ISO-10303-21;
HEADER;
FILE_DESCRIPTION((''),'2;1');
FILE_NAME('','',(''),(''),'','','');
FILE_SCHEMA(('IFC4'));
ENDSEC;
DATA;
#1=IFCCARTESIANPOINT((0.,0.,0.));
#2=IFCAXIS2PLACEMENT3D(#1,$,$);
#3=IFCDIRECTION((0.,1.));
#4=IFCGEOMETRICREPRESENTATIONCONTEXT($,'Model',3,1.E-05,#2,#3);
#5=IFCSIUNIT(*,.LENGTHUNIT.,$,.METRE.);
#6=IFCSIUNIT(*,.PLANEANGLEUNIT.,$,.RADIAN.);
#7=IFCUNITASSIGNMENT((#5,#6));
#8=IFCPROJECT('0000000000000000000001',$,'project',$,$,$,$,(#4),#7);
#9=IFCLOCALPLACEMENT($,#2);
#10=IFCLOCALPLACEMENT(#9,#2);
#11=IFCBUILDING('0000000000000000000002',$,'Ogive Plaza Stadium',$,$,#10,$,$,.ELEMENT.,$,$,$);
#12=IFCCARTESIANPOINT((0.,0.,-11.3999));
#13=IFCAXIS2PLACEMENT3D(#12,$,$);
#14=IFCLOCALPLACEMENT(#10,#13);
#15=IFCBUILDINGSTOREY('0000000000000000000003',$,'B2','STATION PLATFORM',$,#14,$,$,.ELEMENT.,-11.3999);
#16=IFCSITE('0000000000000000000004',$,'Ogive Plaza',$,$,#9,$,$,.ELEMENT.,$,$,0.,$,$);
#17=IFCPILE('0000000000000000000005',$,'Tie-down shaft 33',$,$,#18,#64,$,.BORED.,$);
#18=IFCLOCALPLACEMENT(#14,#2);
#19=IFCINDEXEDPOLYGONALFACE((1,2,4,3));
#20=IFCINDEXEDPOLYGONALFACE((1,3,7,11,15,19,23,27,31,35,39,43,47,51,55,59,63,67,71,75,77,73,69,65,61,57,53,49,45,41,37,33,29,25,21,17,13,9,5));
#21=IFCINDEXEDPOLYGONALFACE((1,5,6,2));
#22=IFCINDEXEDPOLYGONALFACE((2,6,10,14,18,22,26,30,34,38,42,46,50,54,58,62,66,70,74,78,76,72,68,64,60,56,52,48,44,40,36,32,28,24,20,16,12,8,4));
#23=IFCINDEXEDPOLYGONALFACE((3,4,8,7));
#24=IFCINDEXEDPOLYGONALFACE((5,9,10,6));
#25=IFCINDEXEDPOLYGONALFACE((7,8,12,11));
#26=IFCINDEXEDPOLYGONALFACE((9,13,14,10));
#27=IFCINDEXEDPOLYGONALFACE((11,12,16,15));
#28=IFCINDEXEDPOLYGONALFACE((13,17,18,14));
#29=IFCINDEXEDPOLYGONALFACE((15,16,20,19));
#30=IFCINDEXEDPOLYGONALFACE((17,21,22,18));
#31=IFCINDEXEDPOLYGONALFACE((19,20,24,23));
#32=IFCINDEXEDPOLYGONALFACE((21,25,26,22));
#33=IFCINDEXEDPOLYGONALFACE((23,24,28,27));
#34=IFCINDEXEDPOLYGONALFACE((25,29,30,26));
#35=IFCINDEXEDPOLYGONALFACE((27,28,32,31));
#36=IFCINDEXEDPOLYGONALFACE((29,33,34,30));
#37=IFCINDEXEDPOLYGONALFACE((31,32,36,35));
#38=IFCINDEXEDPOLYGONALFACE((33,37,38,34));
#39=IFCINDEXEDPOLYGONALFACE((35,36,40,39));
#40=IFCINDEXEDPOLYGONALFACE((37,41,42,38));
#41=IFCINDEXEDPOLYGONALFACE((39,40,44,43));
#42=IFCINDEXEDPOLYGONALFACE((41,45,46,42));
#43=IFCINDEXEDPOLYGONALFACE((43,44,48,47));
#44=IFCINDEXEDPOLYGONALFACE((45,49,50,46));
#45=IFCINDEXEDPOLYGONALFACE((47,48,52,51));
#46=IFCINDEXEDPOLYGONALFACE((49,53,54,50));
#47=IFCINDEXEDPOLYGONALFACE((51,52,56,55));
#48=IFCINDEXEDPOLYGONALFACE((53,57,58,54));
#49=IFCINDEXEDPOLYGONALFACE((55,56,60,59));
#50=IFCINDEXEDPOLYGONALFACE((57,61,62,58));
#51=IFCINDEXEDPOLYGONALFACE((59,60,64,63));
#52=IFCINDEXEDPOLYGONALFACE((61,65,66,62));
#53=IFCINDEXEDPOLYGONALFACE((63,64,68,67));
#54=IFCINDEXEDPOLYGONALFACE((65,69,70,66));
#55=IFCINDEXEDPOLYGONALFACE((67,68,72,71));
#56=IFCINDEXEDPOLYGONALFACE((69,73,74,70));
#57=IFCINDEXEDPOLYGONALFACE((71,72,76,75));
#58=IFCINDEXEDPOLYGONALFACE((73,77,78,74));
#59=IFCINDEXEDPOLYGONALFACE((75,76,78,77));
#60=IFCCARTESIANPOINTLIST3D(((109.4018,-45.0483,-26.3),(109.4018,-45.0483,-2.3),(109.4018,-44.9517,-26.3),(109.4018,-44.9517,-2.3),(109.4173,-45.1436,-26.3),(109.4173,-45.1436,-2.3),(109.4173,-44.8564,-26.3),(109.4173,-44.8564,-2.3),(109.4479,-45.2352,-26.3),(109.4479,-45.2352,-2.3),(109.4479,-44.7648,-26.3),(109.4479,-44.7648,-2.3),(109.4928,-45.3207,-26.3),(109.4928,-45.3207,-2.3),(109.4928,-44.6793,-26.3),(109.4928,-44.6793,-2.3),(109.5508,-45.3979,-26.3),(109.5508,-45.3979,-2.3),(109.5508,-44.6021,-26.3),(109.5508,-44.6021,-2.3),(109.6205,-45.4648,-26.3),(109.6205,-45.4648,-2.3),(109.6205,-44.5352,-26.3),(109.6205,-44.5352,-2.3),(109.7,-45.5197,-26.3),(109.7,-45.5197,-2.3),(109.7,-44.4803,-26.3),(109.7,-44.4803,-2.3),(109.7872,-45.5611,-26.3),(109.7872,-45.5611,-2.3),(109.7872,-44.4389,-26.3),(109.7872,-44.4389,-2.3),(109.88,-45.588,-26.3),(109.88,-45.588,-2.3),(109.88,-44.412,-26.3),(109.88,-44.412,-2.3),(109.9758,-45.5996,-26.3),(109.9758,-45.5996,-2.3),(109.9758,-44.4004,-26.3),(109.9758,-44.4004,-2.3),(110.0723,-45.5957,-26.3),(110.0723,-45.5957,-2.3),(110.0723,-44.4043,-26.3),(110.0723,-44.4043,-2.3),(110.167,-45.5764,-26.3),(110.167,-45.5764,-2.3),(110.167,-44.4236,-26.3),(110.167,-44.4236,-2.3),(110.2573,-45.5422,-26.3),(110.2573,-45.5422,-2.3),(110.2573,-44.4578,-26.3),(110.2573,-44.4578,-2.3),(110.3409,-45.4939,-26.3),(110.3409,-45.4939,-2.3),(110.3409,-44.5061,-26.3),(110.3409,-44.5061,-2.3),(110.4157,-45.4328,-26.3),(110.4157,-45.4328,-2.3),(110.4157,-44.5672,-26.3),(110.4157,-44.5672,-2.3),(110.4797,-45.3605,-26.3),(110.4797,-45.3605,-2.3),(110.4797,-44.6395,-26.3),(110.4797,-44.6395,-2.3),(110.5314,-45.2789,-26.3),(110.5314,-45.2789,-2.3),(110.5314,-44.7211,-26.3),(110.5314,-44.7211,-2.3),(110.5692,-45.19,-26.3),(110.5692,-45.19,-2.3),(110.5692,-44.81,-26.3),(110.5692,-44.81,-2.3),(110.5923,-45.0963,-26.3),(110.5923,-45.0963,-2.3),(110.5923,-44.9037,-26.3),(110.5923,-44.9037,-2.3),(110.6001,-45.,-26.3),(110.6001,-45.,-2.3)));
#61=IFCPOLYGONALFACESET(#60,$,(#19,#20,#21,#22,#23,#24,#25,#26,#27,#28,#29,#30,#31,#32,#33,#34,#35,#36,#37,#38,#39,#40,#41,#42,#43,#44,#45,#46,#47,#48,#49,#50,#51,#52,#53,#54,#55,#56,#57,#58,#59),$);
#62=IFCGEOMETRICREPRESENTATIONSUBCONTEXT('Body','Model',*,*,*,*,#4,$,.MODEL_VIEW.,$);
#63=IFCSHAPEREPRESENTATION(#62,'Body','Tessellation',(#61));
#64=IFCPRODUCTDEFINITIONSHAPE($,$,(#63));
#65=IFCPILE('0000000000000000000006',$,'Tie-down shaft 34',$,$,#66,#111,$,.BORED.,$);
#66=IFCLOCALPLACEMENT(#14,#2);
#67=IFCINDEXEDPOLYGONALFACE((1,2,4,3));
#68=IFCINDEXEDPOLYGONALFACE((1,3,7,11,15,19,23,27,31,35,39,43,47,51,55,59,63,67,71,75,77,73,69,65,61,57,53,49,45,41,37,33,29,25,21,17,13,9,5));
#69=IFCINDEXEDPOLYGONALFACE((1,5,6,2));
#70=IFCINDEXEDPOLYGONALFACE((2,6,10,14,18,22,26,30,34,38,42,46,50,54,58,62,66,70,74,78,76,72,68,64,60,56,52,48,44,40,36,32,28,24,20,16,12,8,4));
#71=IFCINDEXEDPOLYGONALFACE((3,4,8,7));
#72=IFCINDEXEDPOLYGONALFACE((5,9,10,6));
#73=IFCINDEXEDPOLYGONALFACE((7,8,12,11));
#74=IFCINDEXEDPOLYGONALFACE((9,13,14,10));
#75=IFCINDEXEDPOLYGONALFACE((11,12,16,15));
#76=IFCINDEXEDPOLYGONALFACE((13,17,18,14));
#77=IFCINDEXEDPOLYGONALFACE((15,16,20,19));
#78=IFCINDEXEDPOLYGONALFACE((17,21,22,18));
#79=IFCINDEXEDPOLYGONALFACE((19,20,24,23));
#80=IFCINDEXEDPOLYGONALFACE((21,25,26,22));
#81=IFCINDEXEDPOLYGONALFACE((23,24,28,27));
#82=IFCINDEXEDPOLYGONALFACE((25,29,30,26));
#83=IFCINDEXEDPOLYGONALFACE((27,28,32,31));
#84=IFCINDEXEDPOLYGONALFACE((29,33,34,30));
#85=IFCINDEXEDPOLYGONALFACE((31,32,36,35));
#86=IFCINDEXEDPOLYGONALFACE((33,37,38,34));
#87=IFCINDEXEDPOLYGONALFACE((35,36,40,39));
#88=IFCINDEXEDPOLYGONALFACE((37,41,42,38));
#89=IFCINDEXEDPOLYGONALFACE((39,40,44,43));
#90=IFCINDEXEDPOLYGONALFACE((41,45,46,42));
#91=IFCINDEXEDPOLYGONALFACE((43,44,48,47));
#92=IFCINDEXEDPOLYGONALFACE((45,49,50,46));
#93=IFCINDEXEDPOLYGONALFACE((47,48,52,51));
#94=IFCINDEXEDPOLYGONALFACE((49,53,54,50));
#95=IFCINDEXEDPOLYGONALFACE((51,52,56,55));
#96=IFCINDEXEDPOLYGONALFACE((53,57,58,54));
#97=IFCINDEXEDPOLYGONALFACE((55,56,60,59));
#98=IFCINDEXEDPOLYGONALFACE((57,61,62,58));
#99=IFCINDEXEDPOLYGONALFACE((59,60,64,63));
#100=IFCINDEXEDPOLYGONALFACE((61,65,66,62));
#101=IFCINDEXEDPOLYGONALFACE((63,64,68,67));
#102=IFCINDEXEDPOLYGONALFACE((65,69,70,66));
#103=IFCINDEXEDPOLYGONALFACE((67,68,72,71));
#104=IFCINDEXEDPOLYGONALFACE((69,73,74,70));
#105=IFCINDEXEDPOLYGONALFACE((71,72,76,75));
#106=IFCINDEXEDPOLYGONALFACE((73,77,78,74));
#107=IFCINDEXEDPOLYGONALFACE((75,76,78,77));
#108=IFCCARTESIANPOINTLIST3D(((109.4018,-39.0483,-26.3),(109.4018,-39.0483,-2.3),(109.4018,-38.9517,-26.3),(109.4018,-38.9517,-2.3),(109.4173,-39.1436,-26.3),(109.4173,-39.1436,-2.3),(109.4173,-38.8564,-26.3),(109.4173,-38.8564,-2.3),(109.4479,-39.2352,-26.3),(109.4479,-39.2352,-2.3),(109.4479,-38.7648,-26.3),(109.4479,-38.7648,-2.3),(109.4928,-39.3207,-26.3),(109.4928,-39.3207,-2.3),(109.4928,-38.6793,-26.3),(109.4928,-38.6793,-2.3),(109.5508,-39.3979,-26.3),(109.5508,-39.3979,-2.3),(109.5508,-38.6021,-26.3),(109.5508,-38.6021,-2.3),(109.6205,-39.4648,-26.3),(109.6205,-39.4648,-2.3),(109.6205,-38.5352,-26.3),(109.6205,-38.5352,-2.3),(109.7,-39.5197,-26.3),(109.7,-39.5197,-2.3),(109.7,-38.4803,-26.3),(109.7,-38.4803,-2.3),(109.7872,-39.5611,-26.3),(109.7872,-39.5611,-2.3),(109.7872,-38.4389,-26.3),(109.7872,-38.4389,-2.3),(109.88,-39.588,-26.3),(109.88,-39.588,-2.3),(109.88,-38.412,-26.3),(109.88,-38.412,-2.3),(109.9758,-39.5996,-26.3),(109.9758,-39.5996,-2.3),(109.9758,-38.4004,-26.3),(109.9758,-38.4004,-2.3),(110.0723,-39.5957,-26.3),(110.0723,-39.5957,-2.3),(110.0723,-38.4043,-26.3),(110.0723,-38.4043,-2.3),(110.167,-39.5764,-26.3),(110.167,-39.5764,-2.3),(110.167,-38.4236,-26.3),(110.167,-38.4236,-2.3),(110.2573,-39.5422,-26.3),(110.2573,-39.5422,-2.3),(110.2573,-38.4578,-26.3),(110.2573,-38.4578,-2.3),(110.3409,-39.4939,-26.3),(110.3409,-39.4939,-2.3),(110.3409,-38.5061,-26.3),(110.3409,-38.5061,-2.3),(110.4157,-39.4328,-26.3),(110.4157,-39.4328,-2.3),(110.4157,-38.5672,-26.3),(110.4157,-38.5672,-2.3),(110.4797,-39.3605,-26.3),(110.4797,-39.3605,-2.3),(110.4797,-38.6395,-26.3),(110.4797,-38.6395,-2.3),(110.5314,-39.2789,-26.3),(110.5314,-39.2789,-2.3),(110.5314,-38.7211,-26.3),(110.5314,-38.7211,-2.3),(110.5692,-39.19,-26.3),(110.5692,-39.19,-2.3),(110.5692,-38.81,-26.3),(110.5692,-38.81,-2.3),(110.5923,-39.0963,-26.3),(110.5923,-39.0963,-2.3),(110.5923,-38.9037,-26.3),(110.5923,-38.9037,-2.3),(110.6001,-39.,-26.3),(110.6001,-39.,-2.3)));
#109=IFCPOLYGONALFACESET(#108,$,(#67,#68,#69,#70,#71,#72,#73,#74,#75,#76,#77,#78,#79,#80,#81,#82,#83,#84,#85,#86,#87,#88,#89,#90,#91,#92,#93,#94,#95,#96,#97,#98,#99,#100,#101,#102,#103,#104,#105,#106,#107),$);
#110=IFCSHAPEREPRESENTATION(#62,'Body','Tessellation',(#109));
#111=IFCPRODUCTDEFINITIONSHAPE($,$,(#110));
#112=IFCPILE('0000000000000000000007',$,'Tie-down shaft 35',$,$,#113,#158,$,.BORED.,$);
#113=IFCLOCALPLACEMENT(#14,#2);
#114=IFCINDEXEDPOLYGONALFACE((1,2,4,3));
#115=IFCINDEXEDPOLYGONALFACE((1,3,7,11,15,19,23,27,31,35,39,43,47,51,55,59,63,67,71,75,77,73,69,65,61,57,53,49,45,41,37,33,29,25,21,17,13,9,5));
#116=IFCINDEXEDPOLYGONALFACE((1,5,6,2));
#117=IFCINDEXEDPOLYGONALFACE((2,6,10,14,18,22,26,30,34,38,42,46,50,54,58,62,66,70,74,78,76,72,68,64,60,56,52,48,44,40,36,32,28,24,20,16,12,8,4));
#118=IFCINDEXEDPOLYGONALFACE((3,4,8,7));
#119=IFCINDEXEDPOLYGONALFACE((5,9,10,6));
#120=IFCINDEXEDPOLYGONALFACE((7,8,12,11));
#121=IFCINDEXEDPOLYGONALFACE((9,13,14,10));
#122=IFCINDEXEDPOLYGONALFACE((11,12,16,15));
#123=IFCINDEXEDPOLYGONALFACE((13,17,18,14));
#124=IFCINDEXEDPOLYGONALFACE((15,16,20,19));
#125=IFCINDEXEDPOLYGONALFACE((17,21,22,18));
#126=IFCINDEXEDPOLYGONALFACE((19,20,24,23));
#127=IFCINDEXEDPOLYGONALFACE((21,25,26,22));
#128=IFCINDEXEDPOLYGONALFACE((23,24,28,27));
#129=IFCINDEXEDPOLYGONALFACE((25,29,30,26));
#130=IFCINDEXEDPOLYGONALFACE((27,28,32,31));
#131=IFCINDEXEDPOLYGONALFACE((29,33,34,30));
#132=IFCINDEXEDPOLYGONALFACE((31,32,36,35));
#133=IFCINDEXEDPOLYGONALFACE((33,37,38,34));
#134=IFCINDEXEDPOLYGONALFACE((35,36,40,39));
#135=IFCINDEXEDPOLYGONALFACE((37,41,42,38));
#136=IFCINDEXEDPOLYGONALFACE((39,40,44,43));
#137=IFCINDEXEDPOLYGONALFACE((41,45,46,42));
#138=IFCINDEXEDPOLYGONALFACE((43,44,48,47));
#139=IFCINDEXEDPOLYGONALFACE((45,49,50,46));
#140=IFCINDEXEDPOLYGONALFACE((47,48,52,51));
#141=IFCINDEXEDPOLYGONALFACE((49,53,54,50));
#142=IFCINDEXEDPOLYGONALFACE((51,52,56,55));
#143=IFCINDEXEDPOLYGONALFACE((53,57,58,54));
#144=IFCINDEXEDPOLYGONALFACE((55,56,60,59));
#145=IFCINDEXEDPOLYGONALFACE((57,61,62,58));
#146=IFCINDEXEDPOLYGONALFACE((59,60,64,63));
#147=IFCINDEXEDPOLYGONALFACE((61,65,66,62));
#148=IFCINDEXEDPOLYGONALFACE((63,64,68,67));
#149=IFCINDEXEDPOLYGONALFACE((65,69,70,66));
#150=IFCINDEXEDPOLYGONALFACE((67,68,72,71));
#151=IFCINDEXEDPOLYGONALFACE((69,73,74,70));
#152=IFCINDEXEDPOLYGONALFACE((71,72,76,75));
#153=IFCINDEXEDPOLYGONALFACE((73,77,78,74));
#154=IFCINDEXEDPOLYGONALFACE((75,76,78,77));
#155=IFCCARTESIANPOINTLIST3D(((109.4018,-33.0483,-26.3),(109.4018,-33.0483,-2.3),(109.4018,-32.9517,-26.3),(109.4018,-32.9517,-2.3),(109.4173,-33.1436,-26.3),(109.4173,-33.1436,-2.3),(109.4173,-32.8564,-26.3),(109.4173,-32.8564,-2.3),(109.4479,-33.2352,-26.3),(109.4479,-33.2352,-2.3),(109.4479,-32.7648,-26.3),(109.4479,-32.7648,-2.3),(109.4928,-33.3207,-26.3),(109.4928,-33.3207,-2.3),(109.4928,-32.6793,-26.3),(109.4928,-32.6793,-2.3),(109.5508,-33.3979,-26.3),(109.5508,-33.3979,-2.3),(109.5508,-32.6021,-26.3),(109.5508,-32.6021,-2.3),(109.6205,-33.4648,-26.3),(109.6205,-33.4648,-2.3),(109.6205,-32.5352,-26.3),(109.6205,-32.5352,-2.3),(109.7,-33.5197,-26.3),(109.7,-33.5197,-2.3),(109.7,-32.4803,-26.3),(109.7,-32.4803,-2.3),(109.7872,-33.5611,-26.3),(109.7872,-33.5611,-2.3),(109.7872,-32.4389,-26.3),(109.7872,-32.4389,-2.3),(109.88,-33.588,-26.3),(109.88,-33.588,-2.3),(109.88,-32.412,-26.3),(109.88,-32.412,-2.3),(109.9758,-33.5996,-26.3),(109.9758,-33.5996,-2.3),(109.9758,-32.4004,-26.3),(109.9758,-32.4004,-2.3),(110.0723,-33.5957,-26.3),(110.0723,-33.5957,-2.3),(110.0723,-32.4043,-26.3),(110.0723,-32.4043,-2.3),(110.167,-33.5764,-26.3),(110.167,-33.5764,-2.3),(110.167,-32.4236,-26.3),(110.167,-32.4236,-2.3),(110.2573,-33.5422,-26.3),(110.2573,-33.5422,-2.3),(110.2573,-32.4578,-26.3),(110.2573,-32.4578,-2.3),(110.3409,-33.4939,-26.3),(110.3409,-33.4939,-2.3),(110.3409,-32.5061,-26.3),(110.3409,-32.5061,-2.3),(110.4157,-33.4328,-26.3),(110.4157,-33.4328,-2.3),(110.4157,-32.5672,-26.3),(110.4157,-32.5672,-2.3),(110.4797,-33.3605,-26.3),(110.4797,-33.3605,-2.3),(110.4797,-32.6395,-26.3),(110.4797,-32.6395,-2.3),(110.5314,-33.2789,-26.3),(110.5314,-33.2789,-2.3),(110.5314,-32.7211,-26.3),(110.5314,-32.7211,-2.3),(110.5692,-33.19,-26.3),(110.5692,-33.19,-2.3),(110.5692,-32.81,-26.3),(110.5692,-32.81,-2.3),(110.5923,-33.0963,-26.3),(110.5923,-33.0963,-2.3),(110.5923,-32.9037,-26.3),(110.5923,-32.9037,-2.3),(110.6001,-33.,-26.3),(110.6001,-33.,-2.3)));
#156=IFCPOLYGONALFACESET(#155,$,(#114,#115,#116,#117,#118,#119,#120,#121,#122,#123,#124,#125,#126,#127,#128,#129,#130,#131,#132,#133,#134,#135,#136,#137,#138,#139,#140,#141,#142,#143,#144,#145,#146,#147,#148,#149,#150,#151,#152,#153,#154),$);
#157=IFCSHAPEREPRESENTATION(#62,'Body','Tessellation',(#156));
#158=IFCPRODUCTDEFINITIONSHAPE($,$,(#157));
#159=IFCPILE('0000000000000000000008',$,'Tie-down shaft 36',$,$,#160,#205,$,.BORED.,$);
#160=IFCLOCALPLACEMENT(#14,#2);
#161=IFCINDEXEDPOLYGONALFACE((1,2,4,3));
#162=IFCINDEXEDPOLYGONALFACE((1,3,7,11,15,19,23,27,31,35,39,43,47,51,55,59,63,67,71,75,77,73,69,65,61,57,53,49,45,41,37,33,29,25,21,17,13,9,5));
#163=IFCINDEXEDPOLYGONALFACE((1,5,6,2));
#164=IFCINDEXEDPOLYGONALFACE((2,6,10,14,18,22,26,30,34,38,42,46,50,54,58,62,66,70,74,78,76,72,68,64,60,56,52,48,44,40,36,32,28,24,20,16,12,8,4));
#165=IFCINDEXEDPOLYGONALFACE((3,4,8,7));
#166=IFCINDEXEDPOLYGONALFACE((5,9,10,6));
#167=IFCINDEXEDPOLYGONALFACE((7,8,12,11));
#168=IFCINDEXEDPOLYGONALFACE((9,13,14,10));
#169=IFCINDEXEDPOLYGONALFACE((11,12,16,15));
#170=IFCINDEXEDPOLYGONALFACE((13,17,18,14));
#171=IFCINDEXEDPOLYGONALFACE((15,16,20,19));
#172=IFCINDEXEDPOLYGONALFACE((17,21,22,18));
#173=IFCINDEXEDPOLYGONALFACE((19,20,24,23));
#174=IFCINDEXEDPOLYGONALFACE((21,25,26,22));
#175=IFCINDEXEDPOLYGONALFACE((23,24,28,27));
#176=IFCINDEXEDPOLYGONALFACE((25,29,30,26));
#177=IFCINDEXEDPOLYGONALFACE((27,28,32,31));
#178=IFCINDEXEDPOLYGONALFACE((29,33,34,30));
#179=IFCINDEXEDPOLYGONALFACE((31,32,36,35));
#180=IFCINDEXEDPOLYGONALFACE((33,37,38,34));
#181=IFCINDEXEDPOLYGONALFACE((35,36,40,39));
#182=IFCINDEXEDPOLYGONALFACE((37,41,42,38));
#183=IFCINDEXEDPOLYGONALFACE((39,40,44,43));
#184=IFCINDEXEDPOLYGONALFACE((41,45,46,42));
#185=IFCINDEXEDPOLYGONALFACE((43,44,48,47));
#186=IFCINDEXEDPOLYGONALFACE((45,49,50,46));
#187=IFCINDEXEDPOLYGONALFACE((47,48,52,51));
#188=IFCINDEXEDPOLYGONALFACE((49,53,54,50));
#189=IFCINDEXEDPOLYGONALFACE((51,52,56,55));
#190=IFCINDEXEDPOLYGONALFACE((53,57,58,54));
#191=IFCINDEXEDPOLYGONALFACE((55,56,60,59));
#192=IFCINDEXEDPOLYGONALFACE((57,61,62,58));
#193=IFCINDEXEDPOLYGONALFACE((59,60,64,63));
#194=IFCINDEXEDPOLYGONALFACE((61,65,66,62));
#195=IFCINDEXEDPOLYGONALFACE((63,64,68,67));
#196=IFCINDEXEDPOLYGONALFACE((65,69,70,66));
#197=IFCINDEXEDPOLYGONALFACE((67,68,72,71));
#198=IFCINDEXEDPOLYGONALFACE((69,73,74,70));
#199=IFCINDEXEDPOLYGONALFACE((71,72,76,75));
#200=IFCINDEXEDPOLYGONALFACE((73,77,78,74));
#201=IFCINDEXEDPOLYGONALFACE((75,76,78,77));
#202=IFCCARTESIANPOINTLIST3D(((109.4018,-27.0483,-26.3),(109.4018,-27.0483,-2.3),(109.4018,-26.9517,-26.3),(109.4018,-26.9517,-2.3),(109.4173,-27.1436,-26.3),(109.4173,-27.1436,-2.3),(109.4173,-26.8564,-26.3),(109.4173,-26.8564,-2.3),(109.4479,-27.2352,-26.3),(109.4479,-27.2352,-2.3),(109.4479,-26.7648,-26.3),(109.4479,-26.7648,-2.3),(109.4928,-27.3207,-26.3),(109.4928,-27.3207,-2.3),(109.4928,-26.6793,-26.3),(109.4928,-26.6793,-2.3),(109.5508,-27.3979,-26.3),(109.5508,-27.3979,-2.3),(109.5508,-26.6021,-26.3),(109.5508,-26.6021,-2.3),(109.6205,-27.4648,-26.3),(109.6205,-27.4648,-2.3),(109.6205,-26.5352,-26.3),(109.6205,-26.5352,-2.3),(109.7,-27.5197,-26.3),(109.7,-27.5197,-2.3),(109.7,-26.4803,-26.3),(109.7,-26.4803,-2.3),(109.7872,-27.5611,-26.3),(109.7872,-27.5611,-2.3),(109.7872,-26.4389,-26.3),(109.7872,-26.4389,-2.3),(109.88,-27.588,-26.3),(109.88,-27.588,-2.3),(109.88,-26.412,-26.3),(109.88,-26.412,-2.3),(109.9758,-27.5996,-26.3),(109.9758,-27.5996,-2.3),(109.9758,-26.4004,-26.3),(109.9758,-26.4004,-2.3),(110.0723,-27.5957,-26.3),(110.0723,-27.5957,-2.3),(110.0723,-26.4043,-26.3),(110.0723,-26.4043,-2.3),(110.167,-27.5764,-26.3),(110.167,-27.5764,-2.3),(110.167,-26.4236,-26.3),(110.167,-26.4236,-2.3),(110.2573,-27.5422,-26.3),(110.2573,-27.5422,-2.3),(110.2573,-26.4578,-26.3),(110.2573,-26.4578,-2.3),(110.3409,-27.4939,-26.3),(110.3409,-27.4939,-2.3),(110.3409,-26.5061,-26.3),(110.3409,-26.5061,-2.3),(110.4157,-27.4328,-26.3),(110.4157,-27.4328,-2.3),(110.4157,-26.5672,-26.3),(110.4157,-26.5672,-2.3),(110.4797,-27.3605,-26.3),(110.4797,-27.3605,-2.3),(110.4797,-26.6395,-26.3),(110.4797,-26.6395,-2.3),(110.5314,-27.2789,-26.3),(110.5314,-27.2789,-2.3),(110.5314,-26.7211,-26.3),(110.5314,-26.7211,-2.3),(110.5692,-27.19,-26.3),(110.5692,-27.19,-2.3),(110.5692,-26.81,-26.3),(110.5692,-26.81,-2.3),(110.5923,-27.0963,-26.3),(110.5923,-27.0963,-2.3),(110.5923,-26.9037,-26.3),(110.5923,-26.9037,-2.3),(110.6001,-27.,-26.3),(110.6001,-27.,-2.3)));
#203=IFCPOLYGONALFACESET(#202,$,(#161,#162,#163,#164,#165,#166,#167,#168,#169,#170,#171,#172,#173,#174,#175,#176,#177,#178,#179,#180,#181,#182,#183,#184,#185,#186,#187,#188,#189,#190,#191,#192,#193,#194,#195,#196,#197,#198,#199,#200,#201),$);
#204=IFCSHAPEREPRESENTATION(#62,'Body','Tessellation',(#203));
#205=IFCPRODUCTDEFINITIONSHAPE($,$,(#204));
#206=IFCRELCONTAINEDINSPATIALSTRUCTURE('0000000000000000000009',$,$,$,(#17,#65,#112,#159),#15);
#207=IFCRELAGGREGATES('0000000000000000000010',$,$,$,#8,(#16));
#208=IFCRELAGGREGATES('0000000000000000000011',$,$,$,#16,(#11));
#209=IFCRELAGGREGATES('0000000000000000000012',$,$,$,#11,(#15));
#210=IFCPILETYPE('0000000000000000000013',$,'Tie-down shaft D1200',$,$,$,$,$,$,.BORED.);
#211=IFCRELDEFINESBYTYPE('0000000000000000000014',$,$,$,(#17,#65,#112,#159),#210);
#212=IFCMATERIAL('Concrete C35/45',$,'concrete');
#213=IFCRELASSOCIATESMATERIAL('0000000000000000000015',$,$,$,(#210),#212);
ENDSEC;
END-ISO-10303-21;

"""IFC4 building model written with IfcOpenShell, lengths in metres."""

from ifc_helpers import new_model, si_unit, direction, frame, origin, origin_2d, place, context, subcontext, project, spatial, circle, extrude, material, material_profile, profile_set, type_object, element, save


model = new_model("IFC4")

# Units and contexts
model_context = context("Model", 3, precision=1e-05, world=origin(), true_north=direction((0.0, 1.0)))
body_context = subcontext(model_context, "Body", "Model", "MODEL_VIEW")
ifc_project = project(units=[si_unit("LENGTHUNIT", "METRE"), si_unit("PLANEANGLEUNIT", "RADIAN")], contexts=[model_context])

# Site, building, storey
site_placement = place(None, origin())
site = spatial("IfcSite", under=ifc_project, at=site_placement, Name="Ogive Plaza", CompositionType="ELEMENT", RefElevation=0.0)
building_placement = place(site_placement, origin())
building = spatial("IfcBuilding", under=site, at=building_placement, Name="Ogive Plaza Stadium", CompositionType="ELEMENT")
storey_placement = place(building_placement, frame((0.0, 0.0, -11.3999)))
storey = spatial("IfcBuildingStorey", under=building, at=storey_placement, Name="B2", Description="STATION PLATFORM", CompositionType="ELEMENT", Elevation=-11.3999)

# Piles
ifc_material_1 = material(Name="Concrete C35/45", Category="concrete")
ifc_material_profile_1 = material_profile(ifc_material_1, circle(Radius=0.6001, at=origin_2d()), Name="Tie-down shaft D1200")
ifc_profile_set_1 = profile_set([ifc_material_profile_1], Name="Concrete C35/45")
pile_type = type_object("IfcPileType", Name="Tie-down shaft D1200", PredefinedType="BORED", material=ifc_profile_set_1)
for number, where, z_axis, x_axis, name in (
    (1, (110.0, -45.0, -2.3), (0.0, 0.0, -1.0), (1.0, 0.0, 0.0), "Tie-down shaft 33"),
    (2, (110.0, -39.0, -2.3), (0.0, 0.0, -1.0), (1.0, 0.0, 0.0), "Tie-down shaft 34"),
    (3, (110.0, -33.0, -2.3), (0.0, 0.0, -1.0), (1.0, 0.0, 0.0), "Tie-down shaft 35"),
    (4, (110.0, -27.0, -2.3), (0.0, 0.0, -1.0), (1.0, 0.0, 0.0), "Tie-down shaft 36"),
):
    element("IfcPile", number, at=place(storey_placement, frame(where, z_axis=z_axis, x_axis=x_axis)), inside=storey, type_object=pile_type, Name=name, PredefinedType="BORED", context=body_context, shape_type="SweptSolid", body=[
        extrude(circle(Radius=0.6001, at=origin_2d()), origin(), (0.0, 0.0, 1.0), 24.0),
    ])

save(model, "model.ifc")
